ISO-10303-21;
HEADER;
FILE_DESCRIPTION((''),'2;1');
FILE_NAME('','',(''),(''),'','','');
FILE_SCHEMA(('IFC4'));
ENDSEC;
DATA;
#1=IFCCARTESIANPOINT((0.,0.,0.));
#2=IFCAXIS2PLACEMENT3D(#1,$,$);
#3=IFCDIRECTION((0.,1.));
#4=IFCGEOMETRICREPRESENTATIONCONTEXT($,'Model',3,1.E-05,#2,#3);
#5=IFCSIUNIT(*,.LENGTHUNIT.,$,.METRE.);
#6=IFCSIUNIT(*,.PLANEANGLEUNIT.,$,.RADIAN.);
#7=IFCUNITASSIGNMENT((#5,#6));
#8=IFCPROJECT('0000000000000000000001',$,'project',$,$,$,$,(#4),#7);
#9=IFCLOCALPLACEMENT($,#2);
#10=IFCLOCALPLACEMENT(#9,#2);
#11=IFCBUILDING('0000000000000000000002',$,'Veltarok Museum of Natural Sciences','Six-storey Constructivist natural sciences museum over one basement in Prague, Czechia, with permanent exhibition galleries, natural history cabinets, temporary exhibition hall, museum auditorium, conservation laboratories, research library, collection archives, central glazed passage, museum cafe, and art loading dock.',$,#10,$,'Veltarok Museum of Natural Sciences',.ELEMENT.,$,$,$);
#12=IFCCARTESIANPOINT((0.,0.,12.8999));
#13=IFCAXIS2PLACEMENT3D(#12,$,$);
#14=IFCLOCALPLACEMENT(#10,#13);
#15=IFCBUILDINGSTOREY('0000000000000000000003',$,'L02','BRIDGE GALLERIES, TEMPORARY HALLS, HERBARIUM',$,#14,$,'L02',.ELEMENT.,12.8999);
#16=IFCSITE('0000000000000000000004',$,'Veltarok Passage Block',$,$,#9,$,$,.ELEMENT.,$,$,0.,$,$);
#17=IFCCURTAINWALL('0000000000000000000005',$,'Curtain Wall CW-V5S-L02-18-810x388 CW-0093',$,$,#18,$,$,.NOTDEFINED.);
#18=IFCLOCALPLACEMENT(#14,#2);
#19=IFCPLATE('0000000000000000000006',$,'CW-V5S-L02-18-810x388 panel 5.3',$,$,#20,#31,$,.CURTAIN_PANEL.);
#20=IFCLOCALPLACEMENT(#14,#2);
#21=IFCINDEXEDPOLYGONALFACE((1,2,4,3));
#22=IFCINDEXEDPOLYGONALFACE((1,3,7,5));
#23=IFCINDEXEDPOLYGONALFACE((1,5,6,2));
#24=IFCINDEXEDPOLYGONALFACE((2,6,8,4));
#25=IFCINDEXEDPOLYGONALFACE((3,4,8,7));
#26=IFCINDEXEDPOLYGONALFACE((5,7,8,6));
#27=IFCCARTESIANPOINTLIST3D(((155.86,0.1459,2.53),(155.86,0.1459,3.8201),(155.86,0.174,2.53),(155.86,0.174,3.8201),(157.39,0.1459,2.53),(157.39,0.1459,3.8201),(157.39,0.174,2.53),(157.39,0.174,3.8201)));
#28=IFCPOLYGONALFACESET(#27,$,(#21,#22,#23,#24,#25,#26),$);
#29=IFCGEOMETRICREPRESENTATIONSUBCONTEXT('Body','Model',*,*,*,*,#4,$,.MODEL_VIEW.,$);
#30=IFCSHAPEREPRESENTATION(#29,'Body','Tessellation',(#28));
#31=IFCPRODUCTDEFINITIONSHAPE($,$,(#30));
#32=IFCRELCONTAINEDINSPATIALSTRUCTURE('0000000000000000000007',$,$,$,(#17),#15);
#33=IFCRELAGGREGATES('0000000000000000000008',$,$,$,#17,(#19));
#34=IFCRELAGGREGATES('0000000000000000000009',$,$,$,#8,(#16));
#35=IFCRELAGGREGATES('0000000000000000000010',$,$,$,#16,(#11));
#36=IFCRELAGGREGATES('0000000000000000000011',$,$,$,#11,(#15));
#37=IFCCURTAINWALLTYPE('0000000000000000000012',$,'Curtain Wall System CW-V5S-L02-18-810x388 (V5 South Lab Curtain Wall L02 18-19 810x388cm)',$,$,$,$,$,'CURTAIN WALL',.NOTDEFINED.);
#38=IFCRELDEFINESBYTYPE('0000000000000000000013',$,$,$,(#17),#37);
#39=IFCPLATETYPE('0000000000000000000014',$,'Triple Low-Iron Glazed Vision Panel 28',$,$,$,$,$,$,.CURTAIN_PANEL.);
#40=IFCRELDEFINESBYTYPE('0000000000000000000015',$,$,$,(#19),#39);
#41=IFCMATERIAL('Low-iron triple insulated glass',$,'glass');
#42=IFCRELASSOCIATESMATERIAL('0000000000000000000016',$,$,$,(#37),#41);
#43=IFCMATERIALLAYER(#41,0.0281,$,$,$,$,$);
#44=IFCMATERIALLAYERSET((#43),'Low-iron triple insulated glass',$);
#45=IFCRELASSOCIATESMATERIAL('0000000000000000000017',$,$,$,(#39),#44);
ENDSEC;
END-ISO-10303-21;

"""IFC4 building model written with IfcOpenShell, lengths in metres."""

from ifc_helpers import new_model, si_unit, direction, frame, origin, origin_2d, place, context, subcontext, project, spatial, rectangle, extrude, material, layer, layer_set, type_object, element, aggregate, save


model = new_model("IFC4")

# Units and contexts
model_context = context("Model", 3, precision=1e-05, world=origin(), true_north=direction((0.0, 1.0)))
body_context = subcontext(model_context, "Body", "Model", "MODEL_VIEW")
ifc_project = project(units=[si_unit("LENGTHUNIT", "METRE"), si_unit("PLANEANGLEUNIT", "RADIAN")], contexts=[model_context])

# Site, building, storey
site_placement = place(None, origin())
site = spatial("IfcSite", under=ifc_project, at=site_placement, Name="Veltarok Passage Block", CompositionType="ELEMENT", RefElevation=0.0)
building_placement = place(site_placement, origin())
building = spatial("IfcBuilding", under=site, at=building_placement, Name="Veltarok Museum of Natural Sciences", Description="Six-storey Constructivist natural sciences museum over one basement in Prague, Czechia, with permanent exhibition galleries, natural history cabinets, temporary exhibition hall, museum auditorium, conservation laboratories, research library, collection archives, central glazed passage, museum cafe, and art loading dock.", LongName="Veltarok Museum of Natural Sciences", CompositionType="ELEMENT")
storey_placement = place(building_placement, frame((0.0, 0.0, 12.8999)))
storey = spatial("IfcBuildingStorey", under=building, at=storey_placement, Name="L02", Description="BRIDGE GALLERIES, TEMPORARY HALLS, HERBARIUM", LongName="L02", CompositionType="ELEMENT", Elevation=12.8999)

# Curtain wall
ifc_material_1 = material(Name="Low-iron triple insulated glass", Category="glass")
curtain_wall_type = type_object("IfcCurtainWallType", Name="Curtain Wall System CW-V5S-L02-18-810x388 (V5 South Lab Curtain Wall L02 18-19 810x388cm)", ElementType="CURTAIN WALL", PredefinedType="NOTDEFINED", material=ifc_material_1)
curtain_wall_placement = place(storey_placement, origin())
curtain_wall = element("IfcCurtainWall", 1, at=curtain_wall_placement, inside=storey, type_object=curtain_wall_type, Name="Curtain Wall CW-V5S-L02-18-810x388 CW-0093", PredefinedType="NOTDEFINED")

# Plate
ifc_layer = layer(ifc_material_1, 0.0281)
ifc_layer_set = layer_set([ifc_layer], Name="Low-iron triple insulated glass")
plate_type = type_object("IfcPlateType", Name="Triple Low-Iron Glazed Vision Panel 28", PredefinedType="CURTAIN_PANEL", material=ifc_layer_set)
plate_1_placement = place(storey_placement, frame((156.625, 0.1599, 2.53), z_axis=(0.0, 0.0, 1.0), x_axis=(1.0, 0.0, 0.0)))
plate_1 = element("IfcPlate", 2, at=plate_1_placement, type_object=plate_type, Name="CW-V5S-L02-18-810x388 panel 5.3", PredefinedType="CURTAIN_PANEL", context=body_context, shape_type="SweptSolid", body=[
    extrude(rectangle(XDim=1.53, YDim=0.0281, at=origin_2d()), origin(), (0.0, 0.0, 1.0), 1.29),
])
aggregate(curtain_wall, [plate_1])

save(model, "model.ifc")
